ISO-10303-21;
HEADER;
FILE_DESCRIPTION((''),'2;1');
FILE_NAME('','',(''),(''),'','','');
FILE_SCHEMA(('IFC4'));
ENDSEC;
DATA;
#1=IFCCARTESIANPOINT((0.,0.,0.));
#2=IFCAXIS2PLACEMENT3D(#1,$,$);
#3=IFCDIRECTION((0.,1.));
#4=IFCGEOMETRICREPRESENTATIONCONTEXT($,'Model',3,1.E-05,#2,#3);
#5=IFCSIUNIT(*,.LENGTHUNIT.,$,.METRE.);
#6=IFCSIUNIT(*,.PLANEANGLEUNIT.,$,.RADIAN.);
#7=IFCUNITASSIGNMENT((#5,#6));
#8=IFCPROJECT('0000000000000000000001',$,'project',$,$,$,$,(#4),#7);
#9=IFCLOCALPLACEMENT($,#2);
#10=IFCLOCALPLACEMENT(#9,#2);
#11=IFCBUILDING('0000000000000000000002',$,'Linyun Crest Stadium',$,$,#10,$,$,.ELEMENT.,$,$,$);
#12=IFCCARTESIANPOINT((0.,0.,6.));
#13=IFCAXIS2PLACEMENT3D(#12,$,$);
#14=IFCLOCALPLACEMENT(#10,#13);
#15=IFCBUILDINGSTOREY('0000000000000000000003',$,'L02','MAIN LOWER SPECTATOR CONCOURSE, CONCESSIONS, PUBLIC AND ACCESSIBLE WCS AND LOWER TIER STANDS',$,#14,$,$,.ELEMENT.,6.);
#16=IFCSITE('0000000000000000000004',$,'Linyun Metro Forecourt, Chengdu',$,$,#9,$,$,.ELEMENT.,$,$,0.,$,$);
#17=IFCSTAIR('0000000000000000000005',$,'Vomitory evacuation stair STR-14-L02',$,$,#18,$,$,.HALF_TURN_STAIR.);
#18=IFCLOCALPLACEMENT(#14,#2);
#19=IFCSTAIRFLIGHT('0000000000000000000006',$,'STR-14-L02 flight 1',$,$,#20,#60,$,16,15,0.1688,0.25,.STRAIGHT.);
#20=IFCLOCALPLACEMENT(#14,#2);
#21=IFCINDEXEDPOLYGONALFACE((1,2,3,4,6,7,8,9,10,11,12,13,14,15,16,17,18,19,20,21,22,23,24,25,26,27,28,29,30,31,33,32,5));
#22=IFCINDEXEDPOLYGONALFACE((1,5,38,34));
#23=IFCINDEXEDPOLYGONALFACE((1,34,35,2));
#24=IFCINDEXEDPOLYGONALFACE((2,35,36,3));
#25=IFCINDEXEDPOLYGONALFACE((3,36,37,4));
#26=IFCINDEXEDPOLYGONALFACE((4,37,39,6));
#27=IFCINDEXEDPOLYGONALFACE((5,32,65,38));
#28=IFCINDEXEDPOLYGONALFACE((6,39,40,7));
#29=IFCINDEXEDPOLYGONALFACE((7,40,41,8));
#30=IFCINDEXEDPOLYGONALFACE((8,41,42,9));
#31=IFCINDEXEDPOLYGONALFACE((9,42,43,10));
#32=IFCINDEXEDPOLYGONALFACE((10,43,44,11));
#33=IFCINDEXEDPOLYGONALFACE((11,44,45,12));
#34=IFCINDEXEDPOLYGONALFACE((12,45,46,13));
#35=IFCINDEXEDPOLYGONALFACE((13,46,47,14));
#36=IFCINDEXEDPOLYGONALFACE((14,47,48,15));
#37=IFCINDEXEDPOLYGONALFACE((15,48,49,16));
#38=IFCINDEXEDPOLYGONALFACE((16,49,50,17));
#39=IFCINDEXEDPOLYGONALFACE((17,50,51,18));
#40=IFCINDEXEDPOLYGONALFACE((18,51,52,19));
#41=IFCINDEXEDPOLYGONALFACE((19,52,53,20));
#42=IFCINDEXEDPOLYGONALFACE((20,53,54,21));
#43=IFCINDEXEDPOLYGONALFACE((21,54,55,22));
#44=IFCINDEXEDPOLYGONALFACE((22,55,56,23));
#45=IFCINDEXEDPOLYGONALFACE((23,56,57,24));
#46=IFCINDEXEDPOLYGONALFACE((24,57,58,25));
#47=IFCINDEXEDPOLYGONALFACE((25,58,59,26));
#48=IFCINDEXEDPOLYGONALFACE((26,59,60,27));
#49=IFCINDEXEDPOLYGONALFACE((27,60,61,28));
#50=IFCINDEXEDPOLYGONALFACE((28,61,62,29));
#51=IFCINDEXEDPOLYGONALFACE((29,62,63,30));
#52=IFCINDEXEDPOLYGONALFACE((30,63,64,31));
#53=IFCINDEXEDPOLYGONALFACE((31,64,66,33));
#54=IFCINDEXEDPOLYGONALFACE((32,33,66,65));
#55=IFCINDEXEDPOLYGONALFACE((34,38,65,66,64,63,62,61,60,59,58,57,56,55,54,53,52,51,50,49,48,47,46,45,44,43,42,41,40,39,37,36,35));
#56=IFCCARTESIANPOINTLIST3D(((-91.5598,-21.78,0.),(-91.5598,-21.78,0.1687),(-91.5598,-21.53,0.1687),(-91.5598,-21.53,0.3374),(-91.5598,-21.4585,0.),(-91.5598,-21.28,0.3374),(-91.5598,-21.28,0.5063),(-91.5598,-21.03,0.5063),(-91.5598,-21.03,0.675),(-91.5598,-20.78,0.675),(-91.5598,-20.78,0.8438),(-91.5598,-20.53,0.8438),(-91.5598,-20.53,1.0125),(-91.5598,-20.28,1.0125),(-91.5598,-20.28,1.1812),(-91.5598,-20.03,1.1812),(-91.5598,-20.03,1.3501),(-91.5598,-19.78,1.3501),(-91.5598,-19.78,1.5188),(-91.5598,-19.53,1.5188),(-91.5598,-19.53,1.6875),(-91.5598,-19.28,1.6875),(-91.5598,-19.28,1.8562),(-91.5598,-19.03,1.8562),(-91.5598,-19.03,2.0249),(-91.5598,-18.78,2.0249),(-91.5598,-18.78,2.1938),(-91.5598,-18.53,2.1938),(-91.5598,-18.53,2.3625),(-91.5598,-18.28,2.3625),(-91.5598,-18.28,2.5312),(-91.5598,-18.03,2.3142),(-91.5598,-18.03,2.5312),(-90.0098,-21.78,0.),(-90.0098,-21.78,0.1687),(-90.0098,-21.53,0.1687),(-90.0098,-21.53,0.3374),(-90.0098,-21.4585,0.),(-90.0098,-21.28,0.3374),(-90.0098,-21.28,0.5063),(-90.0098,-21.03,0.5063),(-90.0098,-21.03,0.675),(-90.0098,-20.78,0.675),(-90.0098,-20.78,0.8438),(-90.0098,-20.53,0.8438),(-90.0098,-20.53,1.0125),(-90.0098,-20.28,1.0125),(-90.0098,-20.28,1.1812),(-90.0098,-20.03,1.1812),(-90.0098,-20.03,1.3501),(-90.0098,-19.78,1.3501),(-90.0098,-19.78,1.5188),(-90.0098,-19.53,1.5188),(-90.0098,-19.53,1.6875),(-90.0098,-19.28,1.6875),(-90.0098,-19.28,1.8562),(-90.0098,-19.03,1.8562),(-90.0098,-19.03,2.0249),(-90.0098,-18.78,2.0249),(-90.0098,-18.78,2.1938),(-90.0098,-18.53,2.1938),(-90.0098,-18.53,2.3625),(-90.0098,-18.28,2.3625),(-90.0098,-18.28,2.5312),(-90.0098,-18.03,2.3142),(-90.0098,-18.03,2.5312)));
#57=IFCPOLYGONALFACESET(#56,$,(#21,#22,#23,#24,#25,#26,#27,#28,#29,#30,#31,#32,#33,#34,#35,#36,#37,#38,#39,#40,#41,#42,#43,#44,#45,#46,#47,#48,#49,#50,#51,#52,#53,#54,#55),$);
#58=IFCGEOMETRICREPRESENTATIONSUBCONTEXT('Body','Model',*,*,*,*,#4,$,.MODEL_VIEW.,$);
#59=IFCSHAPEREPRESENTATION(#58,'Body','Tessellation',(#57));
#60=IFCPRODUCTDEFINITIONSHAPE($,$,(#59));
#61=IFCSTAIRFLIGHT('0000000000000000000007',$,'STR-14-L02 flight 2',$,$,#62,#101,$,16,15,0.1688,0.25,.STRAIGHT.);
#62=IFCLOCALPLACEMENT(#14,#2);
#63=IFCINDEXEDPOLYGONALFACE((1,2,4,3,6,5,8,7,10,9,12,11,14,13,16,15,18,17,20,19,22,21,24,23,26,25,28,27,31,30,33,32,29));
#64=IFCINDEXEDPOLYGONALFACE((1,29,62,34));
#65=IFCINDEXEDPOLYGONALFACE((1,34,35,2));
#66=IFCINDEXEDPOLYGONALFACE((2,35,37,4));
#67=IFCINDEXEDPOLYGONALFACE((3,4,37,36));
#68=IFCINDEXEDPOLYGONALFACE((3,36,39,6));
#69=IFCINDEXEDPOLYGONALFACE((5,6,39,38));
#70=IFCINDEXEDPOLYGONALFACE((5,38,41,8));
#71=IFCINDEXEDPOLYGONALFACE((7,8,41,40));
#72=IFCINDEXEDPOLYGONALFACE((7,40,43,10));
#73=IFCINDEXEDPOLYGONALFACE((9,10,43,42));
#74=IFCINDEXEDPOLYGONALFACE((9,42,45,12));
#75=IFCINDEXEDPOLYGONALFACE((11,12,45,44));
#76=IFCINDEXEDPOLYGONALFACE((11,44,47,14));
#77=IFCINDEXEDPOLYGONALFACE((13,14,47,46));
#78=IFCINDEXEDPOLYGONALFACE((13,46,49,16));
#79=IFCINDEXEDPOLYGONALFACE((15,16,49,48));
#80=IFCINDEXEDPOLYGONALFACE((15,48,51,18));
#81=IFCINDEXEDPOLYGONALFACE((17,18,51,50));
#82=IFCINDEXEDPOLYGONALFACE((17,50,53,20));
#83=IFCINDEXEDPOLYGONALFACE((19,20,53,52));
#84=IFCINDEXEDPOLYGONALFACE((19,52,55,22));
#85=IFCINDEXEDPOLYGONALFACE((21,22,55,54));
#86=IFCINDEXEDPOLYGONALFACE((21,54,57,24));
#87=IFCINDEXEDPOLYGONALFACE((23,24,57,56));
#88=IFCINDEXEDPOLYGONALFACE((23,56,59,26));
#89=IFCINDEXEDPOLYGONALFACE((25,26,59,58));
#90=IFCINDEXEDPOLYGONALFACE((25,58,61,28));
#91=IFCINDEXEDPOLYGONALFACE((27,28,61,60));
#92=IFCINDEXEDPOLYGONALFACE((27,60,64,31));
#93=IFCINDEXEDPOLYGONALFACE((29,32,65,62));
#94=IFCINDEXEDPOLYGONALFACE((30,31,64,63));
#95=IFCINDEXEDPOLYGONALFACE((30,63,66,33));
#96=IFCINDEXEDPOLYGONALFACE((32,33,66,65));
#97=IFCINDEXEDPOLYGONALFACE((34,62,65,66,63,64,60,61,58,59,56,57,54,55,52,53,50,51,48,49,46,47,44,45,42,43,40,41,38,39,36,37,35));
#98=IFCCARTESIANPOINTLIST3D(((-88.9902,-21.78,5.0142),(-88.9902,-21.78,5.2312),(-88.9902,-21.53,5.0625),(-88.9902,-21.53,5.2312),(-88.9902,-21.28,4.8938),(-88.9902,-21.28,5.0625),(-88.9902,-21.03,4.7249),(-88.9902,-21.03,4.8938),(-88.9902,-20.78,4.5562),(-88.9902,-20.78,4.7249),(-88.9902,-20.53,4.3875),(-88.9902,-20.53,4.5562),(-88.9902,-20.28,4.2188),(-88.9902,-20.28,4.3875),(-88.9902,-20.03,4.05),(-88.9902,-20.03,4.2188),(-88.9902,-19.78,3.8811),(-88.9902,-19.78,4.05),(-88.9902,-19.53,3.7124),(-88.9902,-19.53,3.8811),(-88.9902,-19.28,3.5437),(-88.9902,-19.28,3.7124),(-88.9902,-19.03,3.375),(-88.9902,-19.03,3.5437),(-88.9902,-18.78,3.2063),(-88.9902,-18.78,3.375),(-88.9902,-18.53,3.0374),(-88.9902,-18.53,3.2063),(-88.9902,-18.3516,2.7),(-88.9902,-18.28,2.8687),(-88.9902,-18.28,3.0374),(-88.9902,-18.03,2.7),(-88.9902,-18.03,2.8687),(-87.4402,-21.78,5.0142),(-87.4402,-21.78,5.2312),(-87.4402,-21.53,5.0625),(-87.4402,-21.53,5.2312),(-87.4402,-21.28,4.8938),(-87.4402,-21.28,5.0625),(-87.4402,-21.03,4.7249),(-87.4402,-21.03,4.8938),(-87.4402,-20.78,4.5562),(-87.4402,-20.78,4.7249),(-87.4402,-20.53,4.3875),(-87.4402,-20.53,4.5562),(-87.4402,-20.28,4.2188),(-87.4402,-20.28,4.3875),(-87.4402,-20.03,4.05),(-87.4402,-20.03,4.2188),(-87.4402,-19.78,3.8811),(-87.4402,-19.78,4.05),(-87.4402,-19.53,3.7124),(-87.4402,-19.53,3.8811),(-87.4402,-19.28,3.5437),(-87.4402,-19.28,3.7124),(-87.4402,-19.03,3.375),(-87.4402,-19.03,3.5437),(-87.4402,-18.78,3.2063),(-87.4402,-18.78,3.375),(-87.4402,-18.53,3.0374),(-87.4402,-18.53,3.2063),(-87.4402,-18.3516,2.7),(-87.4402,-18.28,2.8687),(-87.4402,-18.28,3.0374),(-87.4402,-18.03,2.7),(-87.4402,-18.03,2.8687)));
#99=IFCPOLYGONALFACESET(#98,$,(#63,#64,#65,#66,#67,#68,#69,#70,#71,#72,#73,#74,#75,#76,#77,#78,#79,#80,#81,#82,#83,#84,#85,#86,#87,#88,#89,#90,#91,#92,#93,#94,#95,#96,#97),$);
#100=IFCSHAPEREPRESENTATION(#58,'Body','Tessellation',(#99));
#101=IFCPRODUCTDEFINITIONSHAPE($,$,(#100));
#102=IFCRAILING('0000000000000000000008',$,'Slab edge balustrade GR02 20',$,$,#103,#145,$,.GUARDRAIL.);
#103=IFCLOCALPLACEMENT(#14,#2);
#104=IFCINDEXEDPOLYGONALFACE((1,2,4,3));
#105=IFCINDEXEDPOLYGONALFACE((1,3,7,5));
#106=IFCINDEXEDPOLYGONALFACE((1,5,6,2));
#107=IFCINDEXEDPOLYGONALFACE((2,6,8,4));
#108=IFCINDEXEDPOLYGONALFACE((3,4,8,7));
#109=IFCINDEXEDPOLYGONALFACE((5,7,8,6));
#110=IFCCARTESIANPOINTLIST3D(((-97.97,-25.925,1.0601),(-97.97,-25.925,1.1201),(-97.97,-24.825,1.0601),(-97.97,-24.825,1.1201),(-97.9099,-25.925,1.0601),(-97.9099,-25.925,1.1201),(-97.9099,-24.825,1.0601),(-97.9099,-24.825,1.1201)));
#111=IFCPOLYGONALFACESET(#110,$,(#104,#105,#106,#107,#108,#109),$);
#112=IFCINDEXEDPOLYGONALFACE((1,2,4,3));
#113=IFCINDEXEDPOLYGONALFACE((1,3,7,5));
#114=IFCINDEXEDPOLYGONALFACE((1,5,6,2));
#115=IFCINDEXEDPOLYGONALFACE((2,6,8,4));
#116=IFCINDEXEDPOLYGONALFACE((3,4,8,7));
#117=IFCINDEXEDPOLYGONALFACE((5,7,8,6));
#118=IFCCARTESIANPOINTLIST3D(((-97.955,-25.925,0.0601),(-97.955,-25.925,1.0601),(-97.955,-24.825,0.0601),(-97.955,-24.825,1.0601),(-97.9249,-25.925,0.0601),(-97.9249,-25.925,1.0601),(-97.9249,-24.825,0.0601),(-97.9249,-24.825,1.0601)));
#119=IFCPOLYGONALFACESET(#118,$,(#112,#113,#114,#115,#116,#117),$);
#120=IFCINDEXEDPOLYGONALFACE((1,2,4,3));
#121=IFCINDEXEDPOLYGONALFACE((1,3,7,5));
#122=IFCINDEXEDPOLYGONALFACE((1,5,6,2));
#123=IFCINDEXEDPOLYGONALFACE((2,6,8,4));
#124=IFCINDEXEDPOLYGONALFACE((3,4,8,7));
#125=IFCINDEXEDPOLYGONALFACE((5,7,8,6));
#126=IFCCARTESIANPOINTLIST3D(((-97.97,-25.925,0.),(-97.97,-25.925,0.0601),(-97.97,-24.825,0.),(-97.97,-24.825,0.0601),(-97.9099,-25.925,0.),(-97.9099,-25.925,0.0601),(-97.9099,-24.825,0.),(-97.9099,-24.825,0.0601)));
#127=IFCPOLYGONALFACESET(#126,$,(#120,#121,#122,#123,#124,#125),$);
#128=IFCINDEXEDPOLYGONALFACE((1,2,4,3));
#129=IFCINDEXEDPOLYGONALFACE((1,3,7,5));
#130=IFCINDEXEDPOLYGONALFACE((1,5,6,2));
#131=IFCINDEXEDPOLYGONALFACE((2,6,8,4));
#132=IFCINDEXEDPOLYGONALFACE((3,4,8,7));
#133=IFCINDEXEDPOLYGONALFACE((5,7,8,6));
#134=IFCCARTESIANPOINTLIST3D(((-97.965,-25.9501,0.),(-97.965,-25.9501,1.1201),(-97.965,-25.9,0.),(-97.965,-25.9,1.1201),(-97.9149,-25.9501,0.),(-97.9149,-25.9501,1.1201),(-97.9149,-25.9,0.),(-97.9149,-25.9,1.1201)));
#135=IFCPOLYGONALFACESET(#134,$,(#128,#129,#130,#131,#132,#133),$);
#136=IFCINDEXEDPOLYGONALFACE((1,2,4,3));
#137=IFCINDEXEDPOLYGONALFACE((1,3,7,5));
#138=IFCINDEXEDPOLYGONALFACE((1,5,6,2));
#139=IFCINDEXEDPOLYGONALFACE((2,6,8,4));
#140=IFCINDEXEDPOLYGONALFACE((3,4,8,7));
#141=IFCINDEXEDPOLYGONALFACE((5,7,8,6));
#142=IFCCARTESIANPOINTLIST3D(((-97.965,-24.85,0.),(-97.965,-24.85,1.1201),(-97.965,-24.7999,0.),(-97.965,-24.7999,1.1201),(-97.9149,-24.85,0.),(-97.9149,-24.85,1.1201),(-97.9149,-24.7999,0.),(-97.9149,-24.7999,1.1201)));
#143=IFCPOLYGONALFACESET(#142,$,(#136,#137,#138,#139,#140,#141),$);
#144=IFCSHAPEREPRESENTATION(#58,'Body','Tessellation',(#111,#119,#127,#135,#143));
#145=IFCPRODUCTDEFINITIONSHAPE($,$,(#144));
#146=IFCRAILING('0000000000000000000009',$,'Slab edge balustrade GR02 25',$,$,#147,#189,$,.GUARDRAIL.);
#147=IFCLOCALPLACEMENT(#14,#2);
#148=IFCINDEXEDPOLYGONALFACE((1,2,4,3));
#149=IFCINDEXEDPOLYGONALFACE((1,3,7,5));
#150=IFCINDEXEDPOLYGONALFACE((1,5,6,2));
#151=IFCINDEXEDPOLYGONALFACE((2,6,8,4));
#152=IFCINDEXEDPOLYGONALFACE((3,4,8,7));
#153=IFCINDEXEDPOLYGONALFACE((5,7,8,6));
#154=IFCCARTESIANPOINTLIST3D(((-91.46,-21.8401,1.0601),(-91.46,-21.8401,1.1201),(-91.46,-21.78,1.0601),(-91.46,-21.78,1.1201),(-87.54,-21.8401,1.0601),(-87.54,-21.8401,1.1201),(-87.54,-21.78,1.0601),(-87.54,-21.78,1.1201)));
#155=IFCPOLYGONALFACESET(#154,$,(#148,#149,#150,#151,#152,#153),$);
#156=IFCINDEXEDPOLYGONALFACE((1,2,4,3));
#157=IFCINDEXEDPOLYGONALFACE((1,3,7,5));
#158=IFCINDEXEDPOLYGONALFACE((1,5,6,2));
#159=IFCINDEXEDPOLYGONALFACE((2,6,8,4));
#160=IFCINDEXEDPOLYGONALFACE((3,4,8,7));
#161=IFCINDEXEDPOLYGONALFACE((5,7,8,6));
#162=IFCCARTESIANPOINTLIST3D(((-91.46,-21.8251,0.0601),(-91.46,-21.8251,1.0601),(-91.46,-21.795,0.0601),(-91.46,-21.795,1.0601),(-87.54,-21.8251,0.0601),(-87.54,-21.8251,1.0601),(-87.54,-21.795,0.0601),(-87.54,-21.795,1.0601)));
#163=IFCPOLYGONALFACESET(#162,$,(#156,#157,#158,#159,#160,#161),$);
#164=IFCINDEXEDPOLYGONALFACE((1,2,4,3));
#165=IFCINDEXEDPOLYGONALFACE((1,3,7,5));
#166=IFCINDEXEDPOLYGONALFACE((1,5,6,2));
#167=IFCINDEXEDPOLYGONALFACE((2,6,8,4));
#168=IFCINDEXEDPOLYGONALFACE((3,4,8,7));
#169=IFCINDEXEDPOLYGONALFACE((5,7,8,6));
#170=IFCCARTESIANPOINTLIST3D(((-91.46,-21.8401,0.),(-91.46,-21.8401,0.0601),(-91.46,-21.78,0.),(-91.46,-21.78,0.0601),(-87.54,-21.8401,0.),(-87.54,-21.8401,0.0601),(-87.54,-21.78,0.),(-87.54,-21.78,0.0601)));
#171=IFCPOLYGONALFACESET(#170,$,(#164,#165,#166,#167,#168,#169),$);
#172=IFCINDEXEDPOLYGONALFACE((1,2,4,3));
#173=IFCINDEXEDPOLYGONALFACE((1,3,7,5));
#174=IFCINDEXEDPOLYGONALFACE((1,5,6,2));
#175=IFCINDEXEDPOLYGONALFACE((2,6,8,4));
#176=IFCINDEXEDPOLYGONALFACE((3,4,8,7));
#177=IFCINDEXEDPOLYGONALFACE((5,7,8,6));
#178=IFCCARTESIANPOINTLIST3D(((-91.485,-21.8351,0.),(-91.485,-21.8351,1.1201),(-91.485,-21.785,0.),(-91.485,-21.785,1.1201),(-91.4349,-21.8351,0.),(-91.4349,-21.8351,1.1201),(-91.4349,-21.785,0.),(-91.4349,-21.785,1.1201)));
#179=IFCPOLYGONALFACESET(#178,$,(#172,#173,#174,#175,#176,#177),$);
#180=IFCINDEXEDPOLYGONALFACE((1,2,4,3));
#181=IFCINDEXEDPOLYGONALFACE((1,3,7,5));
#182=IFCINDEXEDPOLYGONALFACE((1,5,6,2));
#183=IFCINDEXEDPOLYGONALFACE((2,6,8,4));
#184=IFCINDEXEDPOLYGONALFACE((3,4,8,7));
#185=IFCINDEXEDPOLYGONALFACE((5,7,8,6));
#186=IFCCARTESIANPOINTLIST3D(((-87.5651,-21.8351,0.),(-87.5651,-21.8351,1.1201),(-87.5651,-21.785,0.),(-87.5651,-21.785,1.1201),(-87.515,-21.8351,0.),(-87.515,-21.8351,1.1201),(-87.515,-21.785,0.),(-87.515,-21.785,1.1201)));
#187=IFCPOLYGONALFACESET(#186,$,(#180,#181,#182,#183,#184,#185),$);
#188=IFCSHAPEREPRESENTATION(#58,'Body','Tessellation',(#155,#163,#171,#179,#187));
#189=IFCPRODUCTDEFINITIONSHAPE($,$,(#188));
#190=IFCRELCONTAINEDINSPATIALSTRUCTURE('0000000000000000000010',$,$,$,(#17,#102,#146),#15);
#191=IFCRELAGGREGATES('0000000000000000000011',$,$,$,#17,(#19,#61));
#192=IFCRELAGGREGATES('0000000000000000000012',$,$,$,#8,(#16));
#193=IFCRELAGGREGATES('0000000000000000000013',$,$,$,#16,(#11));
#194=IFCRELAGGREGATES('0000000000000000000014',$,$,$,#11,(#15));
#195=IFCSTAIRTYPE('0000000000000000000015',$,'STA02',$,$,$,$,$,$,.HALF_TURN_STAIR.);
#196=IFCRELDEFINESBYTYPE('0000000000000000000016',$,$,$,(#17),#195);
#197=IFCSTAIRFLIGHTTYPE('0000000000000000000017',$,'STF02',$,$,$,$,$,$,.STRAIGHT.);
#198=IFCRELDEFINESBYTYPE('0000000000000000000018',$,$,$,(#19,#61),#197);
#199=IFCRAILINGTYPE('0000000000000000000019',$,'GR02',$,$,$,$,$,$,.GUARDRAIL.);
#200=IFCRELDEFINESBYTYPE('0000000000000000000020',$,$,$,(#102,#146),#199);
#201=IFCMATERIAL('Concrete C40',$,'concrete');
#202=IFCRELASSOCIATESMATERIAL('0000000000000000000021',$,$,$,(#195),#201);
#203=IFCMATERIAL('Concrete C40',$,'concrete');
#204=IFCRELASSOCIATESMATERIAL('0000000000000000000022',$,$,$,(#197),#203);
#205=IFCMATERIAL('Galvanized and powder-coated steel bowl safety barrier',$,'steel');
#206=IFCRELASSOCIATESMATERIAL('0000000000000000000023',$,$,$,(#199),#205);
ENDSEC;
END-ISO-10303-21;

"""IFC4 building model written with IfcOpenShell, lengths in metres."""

from ifc_helpers import new_model, si_unit, direction, frame, origin, origin_2d, place, context, subcontext, project, spatial, polyline, rectangle, outline, extrude, material, type_object, element, aggregate, save


model = new_model("IFC4")

# Units and contexts
model_context = context("Model", 3, precision=1e-05, world=origin(), true_north=direction((0.0, 1.0)))
body_context = subcontext(model_context, "Body", "Model", "MODEL_VIEW")
ifc_project = project(units=[si_unit("LENGTHUNIT", "METRE"), si_unit("PLANEANGLEUNIT", "RADIAN")], contexts=[model_context])

# Site, building, storey
site_placement = place(None, origin())
site = spatial("IfcSite", under=ifc_project, at=site_placement, Name="Linyun Metro Forecourt, Chengdu", CompositionType="ELEMENT", RefElevation=0.0)
building_placement = place(site_placement, origin())
building = spatial("IfcBuilding", under=site, at=building_placement, Name="Linyun Crest Stadium", CompositionType="ELEMENT")
storey_placement = place(building_placement, frame((0.0, 0.0, 6.0)))
storey = spatial("IfcBuildingStorey", under=building, at=storey_placement, Name="L02", Description="MAIN LOWER SPECTATOR CONCOURSE, CONCESSIONS, PUBLIC AND ACCESSIBLE WCS AND LOWER TIER STANDS", CompositionType="ELEMENT", Elevation=6.0)

# Stair, stair flights
ifc_material_1 = material(Name="Concrete C40", Category="concrete")
stair_type = type_object("IfcStairType", Name="STA02", PredefinedType="HALF_TURN_STAIR", material=ifc_material_1)
stair_placement = place(storey_placement, origin())
stair = element("IfcStair", 1, at=stair_placement, inside=storey, type_object=stair_type, Name="Vomitory evacuation stair STR-14-L02", PredefinedType="HALF_TURN_STAIR")
ifc_material_2 = material(Name="Concrete C40", Category="concrete")
stair_flight_type = type_object("IfcStairFlightType", Name="STF02", PredefinedType="STRAIGHT", material=ifc_material_2)
stair_flight_1_placement = place(storey_placement, frame((-90.7849, -21.78, 0.0), z_axis=(0.0, 0.0, 1.0), x_axis=(0.0, 1.0, 0.0)))
stair_flight_1 = element("IfcStairFlight", 2, at=stair_flight_1_placement, type_object=stair_flight_type, Name="STR-14-L02 flight 1", NumberOfRisers=16, NumberOfTreads=15, PredefinedType="STRAIGHT", RiserHeight=0.1688, TreadLength=0.25, context=body_context, shape_type="SweptSolid", body=[
    extrude(outline(polyline([(0.0, 0.0), (0.0, 0.1687), (0.25, 0.1687), (0.25, 0.3374), (0.5, 0.3374), (0.5, 0.5063), (0.75, 0.5063), (0.75, 0.675), (1.0, 0.675), (1.0, 0.8438), (1.25, 0.8438), (1.25, 1.0125), (1.5, 1.0125), (1.5, 1.1812), (1.75, 1.1812), (1.75, 1.3501), (2.0, 1.3501), (2.0, 1.5188), (2.25, 1.5188), (2.25, 1.6875), (2.5, 1.6875), (2.5, 1.8562), (2.75, 1.8562), (2.75, 2.0249), (3.0, 2.0249), (3.0, 2.1938), (3.25, 2.1938), (3.25, 2.3625), (3.5, 2.3625), (3.5, 2.5312), (3.75, 2.5312), (3.75, 2.7), (3.75, 2.3142), (0.3215, 0.0), (0.0, 0.0)])), frame((0.0, 0.7749, 0.0), z_axis=(0.0, -1.0, 0.0), x_axis=(1.0, 0.0, 0.0)), (0.0, 0.0, 1.0), 1.55),
])
stair_flight_2_placement = place(storey_placement, frame((-88.2151, -18.03, 2.7), z_axis=(0.0, 0.0, 1.0), x_axis=(0.0, -1.0, 0.0)))
stair_flight_2 = element("IfcStairFlight", 3, at=stair_flight_2_placement, type_object=stair_flight_type, Name="STR-14-L02 flight 2", NumberOfRisers=16, NumberOfTreads=15, PredefinedType="STRAIGHT", RiserHeight=0.1688, TreadLength=0.25, context=body_context, shape_type="SweptSolid", body=[
    extrude(outline(polyline([(0.0, 0.0), (0.0, 0.1687), (0.25, 0.1687), (0.25, 0.3374), (0.5, 0.3374), (0.5, 0.5063), (0.75, 0.5063), (0.75, 0.675), (1.0, 0.675), (1.0, 0.8438), (1.25, 0.8438), (1.25, 1.0125), (1.5, 1.0125), (1.5, 1.1812), (1.75, 1.1812), (1.75, 1.3501), (2.0, 1.3501), (2.0, 1.5188), (2.25, 1.5188), (2.25, 1.6875), (2.5, 1.6875), (2.5, 1.8562), (2.75, 1.8562), (2.75, 2.0249), (3.0, 2.0249), (3.0, 2.1938), (3.25, 2.1938), (3.25, 2.3625), (3.5, 2.3625), (3.5, 2.5312), (3.75, 2.5312), (3.75, 2.7), (3.75, 2.3142), (0.3215, 0.0), (0.0, 0.0)])), frame((0.0, 0.7749, 0.0), z_axis=(0.0, -1.0, 0.0), x_axis=(1.0, 0.0, 0.0)), (0.0, 0.0, 1.0), 1.55),
])
aggregate(stair, [stair_flight_1, stair_flight_2])

# Railings
ifc_material_3 = material(Name="Galvanized and powder-coated steel bowl safety barrier", Category="steel")
railing_type_1 = type_object("IfcRailingType", Name="GR02", PredefinedType="GUARDRAIL", material=ifc_material_3)
railing_1_placement = place(storey_placement, frame((-97.9399, -25.925, 0.0)))
element("IfcRailing", 4, at=railing_1_placement, inside=storey, type_object=railing_type_1, Name="Slab edge balustrade GR02 20", PredefinedType="GUARDRAIL", context=body_context, shape_type="SweptSolid", body=[
    extrude(rectangle(XDim=0.0601, YDim=0.0601, at=origin_2d()), frame((0.0, 0.0, 1.0901), z_axis=(0.0, 1.0, 0.0), x_axis=(-1.0, 0.0, 0.0)), (0.0, 0.0, 1.0), 1.1001),
    extrude(rectangle(XDim=0.03, YDim=1.0, at=origin_2d()), frame((0.0, 0.0, 0.5601), z_axis=(0.0, 1.0, 0.0), x_axis=(-1.0, 0.0, 0.0)), (0.0, 0.0, 1.0), 1.1001),
    extrude(rectangle(XDim=0.0601, YDim=0.0601, at=origin_2d()), frame((0.0, 0.0, 0.03), z_axis=(0.0, 1.0, 0.0), x_axis=(-1.0, 0.0, 0.0)), (0.0, 0.0, 1.0), 1.1001),
    extrude(rectangle(XDim=0.05, YDim=0.05, at=origin_2d()), origin(), (0.0, 0.0, 1.0), 1.1201),
    extrude(rectangle(XDim=0.05, YDim=0.05, at=origin_2d()), frame((0.0, 1.1001, 0.0)), (0.0, 0.0, 1.0), 1.1201),
])
railing_2_placement = place(storey_placement, frame((-91.46, -21.8101, 0.0)))
element("IfcRailing", 5, at=railing_2_placement, inside=storey, type_object=railing_type_1, Name="Slab edge balustrade GR02 25", PredefinedType="GUARDRAIL", context=body_context, shape_type="SweptSolid", body=[
    extrude(rectangle(XDim=0.0601, YDim=0.0601, at=origin_2d()), frame((0.0, 0.0, 1.0901), z_axis=(1.0, 0.0, 0.0), x_axis=(0.0, 1.0, 0.0)), (0.0, 0.0, 1.0), 3.9199),
    extrude(rectangle(XDim=0.03, YDim=1.0, at=origin_2d()), frame((0.0, 0.0, 0.5601), z_axis=(1.0, 0.0, 0.0), x_axis=(0.0, 1.0, 0.0)), (0.0, 0.0, 1.0), 3.9199),
    extrude(rectangle(XDim=0.0601, YDim=0.0601, at=origin_2d()), frame((0.0, 0.0, 0.03), z_axis=(1.0, 0.0, 0.0), x_axis=(0.0, 1.0, 0.0)), (0.0, 0.0, 1.0), 3.9199),
    extrude(rectangle(XDim=0.05, YDim=0.05, at=origin_2d()), origin(), (0.0, 0.0, 1.0), 1.1201),
    extrude(rectangle(XDim=0.05, YDim=0.05, at=origin_2d()), frame((3.9199, 0.0, 0.0)), (0.0, 0.0, 1.0), 1.1201),
])

save(model, "model.ifc")
